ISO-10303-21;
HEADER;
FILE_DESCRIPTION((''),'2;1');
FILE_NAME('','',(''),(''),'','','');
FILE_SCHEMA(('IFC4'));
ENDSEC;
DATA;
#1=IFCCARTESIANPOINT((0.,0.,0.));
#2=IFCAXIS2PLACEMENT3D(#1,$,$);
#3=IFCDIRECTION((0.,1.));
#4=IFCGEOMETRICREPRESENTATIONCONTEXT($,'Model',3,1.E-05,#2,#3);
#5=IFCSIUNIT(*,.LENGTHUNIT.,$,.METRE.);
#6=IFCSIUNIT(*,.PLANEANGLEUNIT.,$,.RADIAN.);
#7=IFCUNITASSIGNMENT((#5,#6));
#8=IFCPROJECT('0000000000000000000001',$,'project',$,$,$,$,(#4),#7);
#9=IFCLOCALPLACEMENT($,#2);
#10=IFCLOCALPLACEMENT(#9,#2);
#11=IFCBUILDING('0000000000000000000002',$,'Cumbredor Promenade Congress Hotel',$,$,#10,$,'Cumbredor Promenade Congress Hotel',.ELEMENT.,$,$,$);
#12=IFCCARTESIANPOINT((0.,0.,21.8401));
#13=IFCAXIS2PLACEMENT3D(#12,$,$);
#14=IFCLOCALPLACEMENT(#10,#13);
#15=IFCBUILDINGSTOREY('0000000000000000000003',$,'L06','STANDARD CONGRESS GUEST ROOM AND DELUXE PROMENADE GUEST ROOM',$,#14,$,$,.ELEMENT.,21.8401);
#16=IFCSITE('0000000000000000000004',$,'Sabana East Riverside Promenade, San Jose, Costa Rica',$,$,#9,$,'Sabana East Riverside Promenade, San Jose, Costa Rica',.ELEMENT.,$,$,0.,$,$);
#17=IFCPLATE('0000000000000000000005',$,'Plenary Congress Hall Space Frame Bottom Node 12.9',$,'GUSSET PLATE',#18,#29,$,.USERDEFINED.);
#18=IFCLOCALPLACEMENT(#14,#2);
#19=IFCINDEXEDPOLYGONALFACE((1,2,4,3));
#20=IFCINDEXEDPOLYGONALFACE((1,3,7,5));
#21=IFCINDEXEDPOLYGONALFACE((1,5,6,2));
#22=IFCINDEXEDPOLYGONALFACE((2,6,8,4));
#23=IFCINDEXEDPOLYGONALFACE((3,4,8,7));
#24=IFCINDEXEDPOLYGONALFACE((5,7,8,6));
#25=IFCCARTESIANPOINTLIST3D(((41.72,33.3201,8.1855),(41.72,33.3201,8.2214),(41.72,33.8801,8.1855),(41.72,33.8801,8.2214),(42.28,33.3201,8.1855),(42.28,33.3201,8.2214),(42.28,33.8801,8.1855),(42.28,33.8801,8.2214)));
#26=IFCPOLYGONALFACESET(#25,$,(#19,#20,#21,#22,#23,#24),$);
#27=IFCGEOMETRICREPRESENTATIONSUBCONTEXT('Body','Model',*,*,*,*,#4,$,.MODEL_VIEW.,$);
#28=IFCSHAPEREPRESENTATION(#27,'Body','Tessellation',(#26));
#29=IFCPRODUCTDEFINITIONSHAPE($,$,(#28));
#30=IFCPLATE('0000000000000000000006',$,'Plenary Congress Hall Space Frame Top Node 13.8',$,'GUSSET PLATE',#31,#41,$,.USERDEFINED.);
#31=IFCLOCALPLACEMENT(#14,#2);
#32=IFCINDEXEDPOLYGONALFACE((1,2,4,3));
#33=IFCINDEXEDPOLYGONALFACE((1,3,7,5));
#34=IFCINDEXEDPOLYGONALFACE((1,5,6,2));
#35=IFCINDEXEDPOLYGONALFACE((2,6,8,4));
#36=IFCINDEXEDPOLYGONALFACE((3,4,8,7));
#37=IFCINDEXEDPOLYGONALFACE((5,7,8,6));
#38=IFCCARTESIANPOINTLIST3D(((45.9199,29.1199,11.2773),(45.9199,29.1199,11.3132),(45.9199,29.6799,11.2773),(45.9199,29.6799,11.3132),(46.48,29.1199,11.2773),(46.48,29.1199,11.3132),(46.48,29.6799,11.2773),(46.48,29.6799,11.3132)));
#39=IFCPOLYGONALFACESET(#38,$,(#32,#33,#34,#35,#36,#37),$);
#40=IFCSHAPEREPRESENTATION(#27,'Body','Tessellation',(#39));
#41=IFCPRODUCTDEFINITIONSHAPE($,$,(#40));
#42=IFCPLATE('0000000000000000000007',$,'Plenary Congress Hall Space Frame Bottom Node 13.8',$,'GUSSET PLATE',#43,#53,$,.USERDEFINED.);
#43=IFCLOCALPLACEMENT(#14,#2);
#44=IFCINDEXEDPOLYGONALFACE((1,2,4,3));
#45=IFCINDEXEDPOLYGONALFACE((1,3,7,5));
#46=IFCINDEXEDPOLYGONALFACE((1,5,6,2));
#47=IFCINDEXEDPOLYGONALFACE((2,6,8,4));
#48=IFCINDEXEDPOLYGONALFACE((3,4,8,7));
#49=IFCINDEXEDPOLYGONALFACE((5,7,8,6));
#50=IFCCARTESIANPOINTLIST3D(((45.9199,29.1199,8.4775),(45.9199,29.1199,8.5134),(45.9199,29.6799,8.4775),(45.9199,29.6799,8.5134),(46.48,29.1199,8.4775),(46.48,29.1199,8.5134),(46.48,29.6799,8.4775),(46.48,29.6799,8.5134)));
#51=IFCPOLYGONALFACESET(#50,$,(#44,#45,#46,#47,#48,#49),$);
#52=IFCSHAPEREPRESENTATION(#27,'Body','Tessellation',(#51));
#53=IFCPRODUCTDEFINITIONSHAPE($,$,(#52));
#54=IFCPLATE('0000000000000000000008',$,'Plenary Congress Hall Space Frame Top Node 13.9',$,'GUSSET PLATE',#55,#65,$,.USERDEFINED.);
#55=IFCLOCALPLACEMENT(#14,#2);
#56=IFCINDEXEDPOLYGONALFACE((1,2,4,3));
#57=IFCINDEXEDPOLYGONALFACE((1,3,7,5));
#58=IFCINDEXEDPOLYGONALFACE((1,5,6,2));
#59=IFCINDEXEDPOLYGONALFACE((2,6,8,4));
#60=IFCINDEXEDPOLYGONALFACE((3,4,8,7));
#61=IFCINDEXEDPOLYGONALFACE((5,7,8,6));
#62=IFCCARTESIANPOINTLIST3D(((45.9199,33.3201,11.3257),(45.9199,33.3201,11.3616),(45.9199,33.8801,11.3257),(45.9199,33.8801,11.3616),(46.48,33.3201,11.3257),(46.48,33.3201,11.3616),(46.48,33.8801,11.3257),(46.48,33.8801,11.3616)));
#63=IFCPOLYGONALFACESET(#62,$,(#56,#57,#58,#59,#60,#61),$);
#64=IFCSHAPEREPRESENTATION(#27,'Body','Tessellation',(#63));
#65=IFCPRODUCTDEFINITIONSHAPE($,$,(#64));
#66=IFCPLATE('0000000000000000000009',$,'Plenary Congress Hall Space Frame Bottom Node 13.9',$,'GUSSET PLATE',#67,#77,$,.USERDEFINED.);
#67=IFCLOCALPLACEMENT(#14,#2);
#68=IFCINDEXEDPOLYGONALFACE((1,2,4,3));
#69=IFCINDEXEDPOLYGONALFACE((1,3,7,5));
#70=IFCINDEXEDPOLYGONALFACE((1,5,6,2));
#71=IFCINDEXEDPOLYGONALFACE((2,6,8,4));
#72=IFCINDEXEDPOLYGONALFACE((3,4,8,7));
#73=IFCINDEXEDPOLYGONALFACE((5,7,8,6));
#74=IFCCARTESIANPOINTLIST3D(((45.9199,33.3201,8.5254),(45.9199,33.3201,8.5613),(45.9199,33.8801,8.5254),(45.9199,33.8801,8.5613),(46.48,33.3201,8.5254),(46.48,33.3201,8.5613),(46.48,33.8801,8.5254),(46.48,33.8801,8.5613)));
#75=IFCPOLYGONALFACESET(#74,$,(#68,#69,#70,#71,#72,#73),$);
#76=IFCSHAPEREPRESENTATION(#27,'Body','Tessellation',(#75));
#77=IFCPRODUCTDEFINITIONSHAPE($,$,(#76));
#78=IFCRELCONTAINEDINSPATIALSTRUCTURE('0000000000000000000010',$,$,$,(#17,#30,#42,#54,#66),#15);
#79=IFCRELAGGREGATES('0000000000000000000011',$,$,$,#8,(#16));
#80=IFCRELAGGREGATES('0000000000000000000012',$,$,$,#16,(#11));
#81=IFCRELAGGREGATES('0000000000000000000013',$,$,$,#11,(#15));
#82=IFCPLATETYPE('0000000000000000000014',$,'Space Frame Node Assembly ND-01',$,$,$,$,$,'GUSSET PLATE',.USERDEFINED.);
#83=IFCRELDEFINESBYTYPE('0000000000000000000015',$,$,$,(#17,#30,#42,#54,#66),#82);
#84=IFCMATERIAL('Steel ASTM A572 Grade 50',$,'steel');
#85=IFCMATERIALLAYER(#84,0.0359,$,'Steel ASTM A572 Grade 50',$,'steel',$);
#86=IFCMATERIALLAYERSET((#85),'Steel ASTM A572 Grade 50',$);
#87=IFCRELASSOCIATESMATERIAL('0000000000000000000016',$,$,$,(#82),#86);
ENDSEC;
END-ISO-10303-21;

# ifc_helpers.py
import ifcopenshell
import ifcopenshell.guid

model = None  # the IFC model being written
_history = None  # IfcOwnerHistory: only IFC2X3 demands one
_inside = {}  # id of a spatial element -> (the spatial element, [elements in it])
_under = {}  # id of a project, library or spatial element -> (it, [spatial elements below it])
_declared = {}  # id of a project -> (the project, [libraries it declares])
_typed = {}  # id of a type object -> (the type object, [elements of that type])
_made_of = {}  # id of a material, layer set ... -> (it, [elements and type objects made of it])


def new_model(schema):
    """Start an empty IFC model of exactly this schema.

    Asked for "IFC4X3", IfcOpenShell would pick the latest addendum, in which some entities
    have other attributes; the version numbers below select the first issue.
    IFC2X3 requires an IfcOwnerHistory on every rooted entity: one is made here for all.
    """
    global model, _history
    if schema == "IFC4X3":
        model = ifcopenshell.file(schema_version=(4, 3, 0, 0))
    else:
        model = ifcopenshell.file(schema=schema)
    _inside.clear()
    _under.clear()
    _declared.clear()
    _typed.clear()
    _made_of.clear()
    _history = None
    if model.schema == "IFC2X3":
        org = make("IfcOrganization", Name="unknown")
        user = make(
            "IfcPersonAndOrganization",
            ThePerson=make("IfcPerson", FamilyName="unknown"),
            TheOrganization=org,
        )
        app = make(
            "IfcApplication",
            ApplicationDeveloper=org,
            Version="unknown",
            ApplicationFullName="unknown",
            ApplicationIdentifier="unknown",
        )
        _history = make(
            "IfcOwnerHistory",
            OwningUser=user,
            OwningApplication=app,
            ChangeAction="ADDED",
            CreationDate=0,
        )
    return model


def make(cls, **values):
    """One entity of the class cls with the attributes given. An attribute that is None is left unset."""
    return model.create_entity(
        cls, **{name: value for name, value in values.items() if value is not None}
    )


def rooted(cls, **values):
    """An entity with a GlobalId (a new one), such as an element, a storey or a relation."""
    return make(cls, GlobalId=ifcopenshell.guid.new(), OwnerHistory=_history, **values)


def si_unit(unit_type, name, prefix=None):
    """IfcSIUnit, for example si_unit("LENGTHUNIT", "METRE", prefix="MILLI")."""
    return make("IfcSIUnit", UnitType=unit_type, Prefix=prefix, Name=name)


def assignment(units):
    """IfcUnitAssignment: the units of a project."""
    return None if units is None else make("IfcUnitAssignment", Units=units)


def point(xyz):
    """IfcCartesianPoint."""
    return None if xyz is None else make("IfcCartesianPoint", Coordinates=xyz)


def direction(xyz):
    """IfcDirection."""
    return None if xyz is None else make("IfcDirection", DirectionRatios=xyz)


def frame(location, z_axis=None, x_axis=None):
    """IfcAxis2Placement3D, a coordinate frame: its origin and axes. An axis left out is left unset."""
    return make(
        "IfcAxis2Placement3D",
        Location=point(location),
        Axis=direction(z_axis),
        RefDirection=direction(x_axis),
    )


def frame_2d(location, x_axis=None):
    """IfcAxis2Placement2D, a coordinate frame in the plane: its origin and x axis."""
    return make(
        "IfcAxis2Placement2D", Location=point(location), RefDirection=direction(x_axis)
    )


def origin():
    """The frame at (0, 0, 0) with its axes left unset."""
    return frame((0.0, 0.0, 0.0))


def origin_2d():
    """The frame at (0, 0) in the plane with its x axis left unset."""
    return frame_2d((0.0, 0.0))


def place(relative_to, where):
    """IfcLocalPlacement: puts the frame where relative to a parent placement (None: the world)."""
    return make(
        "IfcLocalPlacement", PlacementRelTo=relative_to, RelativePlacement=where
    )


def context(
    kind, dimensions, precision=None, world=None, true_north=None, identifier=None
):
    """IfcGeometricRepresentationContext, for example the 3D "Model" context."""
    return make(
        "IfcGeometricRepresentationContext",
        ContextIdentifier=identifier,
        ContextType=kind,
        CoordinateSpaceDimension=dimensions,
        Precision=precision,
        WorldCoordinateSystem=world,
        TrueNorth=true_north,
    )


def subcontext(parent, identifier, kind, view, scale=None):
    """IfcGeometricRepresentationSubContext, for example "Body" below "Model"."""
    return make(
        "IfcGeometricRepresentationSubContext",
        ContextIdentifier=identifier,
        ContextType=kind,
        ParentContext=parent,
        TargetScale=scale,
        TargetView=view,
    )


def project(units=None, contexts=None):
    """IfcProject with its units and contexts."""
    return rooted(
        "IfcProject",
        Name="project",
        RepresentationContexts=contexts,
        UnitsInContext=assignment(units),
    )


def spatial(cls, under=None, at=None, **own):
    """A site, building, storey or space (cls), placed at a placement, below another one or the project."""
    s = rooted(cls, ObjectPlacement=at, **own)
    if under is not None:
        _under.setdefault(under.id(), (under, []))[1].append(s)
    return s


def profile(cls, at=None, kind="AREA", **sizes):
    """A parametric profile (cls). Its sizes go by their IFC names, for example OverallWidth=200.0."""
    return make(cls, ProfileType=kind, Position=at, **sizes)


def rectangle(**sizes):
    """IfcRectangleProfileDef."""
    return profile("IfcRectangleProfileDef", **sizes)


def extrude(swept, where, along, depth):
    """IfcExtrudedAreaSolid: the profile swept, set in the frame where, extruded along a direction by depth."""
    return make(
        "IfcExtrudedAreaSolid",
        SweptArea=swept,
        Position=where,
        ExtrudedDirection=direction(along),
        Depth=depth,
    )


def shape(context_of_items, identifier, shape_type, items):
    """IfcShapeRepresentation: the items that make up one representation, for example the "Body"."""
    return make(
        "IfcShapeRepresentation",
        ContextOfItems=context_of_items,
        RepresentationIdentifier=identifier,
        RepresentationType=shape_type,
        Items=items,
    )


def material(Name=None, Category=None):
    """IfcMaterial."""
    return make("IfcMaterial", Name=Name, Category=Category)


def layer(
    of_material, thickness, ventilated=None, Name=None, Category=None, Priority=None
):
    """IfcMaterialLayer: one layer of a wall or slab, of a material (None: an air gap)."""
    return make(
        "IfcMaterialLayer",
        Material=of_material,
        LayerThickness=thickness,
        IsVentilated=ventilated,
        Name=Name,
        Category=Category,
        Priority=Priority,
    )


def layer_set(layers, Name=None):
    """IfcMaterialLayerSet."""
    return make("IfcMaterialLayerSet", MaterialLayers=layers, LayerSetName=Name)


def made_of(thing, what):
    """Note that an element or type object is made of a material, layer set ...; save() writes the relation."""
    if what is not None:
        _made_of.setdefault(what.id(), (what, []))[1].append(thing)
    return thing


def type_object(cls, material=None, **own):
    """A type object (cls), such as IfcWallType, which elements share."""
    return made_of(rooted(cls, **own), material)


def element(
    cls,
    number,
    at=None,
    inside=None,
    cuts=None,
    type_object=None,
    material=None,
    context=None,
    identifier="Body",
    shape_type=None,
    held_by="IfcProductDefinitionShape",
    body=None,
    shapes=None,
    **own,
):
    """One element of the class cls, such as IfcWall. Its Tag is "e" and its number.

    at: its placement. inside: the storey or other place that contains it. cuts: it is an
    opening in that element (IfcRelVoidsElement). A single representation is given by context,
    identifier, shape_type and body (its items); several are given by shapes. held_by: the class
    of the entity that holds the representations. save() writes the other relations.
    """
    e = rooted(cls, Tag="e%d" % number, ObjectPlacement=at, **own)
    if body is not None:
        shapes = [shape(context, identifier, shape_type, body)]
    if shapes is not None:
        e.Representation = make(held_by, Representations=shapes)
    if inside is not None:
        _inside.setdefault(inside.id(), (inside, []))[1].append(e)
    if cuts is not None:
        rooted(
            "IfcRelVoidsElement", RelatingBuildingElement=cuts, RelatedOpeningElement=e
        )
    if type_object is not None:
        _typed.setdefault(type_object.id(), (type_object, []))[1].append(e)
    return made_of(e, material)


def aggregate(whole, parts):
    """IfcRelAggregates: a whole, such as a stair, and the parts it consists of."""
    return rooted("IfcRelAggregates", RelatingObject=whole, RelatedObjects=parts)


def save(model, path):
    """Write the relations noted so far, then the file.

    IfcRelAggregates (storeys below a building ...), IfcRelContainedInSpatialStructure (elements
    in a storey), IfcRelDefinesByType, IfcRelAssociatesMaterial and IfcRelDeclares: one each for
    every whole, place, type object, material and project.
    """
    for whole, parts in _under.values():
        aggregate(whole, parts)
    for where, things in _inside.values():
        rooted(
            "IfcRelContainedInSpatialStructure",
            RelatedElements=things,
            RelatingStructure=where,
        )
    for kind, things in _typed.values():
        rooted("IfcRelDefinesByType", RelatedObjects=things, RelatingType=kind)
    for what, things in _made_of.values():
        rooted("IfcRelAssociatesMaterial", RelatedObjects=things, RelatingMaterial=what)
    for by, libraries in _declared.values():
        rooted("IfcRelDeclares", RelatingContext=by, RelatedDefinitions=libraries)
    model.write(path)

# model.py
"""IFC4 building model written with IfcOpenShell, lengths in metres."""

from ifc_helpers import new_model, si_unit, direction, frame, origin, origin_2d, place, context, subcontext, project, spatial, rectangle, extrude, material, layer, layer_set, type_object, element, save


model = new_model("IFC4")

# Units and contexts
model_context = context("Model", 3, precision=1e-05, world=origin(), true_north=direction((0.0, 1.0)))
body_context = subcontext(model_context, "Body", "Model", "MODEL_VIEW")
ifc_project = project(units=[si_unit("LENGTHUNIT", "METRE"), si_unit("PLANEANGLEUNIT", "RADIAN")], contexts=[model_context])

# Site, building, storey
site_placement = place(None, origin())
site = spatial("IfcSite", under=ifc_project, at=site_placement, Name="Sabana East Riverside Promenade, San Jose, Costa Rica", LongName="Sabana East Riverside Promenade, San Jose, Costa Rica", CompositionType="ELEMENT", RefElevation=0.0)
building_placement = place(site_placement, origin())
building = spatial("IfcBuilding", under=site, at=building_placement, Name="Cumbredor Promenade Congress Hotel", LongName="Cumbredor Promenade Congress Hotel", CompositionType="ELEMENT")
storey_placement = place(building_placement, frame((0.0, 0.0, 21.8401)))
storey = spatial("IfcBuildingStorey", under=building, at=storey_placement, Name="L06", Description="STANDARD CONGRESS GUEST ROOM AND DELUXE PROMENADE GUEST ROOM", CompositionType="ELEMENT", Elevation=21.8401)

# Plates
ifc_material_1 = material(Name="Steel ASTM A572 Grade 50", Category="steel")
ifc_layer = layer(ifc_material_1, 0.0359, Name="Steel ASTM A572 Grade 50", Category="steel")
ifc_layer_set = layer_set([ifc_layer], Name="Steel ASTM A572 Grade 50")
plate_type = type_object("IfcPlateType", Name="Space Frame Node Assembly ND-01", ElementType="GUSSET PLATE", PredefinedType="USERDEFINED", material=ifc_layer_set)
for number, where, z_axis, x_axis, name in (
    (1, (42.0, 33.6001, 8.1855), (0.0, 0.0, 1.0), (1.0, 0.0, 0.0), "Plenary Congress Hall Space Frame Bottom Node 12.9"),
    (2, (46.2, 29.3999, 11.2773), (0.0, 0.0, 1.0), (1.0, 0.0, 0.0), "Plenary Congress Hall Space Frame Top Node 13.8"),
    (3, (46.2, 29.3999, 8.4775), (0.0, 0.0, 1.0), (1.0, 0.0, 0.0), "Plenary Congress Hall Space Frame Bottom Node 13.8"),
    (4, (46.2, 33.6001, 11.3257), (0.0, 0.0, 1.0), (1.0, 0.0, 0.0), "Plenary Congress Hall Space Frame Top Node 13.9"),
    (5, (46.2, 33.6001, 8.5254), (0.0, 0.0, 1.0), (1.0, 0.0, 0.0), "Plenary Congress Hall Space Frame Bottom Node 13.9"),
):
    element("IfcPlate", number, at=place(storey_placement, frame(where, z_axis=z_axis, x_axis=x_axis)), inside=storey, type_object=plate_type, Name=name, ObjectType="GUSSET PLATE", PredefinedType="USERDEFINED", context=body_context, shape_type="SweptSolid", body=[
        extrude(rectangle(XDim=0.5601, YDim=0.5601, at=origin_2d()), origin(), (0.0, 0.0, 1.0), 0.0359),
    ])

save(model, "model.ifc")
